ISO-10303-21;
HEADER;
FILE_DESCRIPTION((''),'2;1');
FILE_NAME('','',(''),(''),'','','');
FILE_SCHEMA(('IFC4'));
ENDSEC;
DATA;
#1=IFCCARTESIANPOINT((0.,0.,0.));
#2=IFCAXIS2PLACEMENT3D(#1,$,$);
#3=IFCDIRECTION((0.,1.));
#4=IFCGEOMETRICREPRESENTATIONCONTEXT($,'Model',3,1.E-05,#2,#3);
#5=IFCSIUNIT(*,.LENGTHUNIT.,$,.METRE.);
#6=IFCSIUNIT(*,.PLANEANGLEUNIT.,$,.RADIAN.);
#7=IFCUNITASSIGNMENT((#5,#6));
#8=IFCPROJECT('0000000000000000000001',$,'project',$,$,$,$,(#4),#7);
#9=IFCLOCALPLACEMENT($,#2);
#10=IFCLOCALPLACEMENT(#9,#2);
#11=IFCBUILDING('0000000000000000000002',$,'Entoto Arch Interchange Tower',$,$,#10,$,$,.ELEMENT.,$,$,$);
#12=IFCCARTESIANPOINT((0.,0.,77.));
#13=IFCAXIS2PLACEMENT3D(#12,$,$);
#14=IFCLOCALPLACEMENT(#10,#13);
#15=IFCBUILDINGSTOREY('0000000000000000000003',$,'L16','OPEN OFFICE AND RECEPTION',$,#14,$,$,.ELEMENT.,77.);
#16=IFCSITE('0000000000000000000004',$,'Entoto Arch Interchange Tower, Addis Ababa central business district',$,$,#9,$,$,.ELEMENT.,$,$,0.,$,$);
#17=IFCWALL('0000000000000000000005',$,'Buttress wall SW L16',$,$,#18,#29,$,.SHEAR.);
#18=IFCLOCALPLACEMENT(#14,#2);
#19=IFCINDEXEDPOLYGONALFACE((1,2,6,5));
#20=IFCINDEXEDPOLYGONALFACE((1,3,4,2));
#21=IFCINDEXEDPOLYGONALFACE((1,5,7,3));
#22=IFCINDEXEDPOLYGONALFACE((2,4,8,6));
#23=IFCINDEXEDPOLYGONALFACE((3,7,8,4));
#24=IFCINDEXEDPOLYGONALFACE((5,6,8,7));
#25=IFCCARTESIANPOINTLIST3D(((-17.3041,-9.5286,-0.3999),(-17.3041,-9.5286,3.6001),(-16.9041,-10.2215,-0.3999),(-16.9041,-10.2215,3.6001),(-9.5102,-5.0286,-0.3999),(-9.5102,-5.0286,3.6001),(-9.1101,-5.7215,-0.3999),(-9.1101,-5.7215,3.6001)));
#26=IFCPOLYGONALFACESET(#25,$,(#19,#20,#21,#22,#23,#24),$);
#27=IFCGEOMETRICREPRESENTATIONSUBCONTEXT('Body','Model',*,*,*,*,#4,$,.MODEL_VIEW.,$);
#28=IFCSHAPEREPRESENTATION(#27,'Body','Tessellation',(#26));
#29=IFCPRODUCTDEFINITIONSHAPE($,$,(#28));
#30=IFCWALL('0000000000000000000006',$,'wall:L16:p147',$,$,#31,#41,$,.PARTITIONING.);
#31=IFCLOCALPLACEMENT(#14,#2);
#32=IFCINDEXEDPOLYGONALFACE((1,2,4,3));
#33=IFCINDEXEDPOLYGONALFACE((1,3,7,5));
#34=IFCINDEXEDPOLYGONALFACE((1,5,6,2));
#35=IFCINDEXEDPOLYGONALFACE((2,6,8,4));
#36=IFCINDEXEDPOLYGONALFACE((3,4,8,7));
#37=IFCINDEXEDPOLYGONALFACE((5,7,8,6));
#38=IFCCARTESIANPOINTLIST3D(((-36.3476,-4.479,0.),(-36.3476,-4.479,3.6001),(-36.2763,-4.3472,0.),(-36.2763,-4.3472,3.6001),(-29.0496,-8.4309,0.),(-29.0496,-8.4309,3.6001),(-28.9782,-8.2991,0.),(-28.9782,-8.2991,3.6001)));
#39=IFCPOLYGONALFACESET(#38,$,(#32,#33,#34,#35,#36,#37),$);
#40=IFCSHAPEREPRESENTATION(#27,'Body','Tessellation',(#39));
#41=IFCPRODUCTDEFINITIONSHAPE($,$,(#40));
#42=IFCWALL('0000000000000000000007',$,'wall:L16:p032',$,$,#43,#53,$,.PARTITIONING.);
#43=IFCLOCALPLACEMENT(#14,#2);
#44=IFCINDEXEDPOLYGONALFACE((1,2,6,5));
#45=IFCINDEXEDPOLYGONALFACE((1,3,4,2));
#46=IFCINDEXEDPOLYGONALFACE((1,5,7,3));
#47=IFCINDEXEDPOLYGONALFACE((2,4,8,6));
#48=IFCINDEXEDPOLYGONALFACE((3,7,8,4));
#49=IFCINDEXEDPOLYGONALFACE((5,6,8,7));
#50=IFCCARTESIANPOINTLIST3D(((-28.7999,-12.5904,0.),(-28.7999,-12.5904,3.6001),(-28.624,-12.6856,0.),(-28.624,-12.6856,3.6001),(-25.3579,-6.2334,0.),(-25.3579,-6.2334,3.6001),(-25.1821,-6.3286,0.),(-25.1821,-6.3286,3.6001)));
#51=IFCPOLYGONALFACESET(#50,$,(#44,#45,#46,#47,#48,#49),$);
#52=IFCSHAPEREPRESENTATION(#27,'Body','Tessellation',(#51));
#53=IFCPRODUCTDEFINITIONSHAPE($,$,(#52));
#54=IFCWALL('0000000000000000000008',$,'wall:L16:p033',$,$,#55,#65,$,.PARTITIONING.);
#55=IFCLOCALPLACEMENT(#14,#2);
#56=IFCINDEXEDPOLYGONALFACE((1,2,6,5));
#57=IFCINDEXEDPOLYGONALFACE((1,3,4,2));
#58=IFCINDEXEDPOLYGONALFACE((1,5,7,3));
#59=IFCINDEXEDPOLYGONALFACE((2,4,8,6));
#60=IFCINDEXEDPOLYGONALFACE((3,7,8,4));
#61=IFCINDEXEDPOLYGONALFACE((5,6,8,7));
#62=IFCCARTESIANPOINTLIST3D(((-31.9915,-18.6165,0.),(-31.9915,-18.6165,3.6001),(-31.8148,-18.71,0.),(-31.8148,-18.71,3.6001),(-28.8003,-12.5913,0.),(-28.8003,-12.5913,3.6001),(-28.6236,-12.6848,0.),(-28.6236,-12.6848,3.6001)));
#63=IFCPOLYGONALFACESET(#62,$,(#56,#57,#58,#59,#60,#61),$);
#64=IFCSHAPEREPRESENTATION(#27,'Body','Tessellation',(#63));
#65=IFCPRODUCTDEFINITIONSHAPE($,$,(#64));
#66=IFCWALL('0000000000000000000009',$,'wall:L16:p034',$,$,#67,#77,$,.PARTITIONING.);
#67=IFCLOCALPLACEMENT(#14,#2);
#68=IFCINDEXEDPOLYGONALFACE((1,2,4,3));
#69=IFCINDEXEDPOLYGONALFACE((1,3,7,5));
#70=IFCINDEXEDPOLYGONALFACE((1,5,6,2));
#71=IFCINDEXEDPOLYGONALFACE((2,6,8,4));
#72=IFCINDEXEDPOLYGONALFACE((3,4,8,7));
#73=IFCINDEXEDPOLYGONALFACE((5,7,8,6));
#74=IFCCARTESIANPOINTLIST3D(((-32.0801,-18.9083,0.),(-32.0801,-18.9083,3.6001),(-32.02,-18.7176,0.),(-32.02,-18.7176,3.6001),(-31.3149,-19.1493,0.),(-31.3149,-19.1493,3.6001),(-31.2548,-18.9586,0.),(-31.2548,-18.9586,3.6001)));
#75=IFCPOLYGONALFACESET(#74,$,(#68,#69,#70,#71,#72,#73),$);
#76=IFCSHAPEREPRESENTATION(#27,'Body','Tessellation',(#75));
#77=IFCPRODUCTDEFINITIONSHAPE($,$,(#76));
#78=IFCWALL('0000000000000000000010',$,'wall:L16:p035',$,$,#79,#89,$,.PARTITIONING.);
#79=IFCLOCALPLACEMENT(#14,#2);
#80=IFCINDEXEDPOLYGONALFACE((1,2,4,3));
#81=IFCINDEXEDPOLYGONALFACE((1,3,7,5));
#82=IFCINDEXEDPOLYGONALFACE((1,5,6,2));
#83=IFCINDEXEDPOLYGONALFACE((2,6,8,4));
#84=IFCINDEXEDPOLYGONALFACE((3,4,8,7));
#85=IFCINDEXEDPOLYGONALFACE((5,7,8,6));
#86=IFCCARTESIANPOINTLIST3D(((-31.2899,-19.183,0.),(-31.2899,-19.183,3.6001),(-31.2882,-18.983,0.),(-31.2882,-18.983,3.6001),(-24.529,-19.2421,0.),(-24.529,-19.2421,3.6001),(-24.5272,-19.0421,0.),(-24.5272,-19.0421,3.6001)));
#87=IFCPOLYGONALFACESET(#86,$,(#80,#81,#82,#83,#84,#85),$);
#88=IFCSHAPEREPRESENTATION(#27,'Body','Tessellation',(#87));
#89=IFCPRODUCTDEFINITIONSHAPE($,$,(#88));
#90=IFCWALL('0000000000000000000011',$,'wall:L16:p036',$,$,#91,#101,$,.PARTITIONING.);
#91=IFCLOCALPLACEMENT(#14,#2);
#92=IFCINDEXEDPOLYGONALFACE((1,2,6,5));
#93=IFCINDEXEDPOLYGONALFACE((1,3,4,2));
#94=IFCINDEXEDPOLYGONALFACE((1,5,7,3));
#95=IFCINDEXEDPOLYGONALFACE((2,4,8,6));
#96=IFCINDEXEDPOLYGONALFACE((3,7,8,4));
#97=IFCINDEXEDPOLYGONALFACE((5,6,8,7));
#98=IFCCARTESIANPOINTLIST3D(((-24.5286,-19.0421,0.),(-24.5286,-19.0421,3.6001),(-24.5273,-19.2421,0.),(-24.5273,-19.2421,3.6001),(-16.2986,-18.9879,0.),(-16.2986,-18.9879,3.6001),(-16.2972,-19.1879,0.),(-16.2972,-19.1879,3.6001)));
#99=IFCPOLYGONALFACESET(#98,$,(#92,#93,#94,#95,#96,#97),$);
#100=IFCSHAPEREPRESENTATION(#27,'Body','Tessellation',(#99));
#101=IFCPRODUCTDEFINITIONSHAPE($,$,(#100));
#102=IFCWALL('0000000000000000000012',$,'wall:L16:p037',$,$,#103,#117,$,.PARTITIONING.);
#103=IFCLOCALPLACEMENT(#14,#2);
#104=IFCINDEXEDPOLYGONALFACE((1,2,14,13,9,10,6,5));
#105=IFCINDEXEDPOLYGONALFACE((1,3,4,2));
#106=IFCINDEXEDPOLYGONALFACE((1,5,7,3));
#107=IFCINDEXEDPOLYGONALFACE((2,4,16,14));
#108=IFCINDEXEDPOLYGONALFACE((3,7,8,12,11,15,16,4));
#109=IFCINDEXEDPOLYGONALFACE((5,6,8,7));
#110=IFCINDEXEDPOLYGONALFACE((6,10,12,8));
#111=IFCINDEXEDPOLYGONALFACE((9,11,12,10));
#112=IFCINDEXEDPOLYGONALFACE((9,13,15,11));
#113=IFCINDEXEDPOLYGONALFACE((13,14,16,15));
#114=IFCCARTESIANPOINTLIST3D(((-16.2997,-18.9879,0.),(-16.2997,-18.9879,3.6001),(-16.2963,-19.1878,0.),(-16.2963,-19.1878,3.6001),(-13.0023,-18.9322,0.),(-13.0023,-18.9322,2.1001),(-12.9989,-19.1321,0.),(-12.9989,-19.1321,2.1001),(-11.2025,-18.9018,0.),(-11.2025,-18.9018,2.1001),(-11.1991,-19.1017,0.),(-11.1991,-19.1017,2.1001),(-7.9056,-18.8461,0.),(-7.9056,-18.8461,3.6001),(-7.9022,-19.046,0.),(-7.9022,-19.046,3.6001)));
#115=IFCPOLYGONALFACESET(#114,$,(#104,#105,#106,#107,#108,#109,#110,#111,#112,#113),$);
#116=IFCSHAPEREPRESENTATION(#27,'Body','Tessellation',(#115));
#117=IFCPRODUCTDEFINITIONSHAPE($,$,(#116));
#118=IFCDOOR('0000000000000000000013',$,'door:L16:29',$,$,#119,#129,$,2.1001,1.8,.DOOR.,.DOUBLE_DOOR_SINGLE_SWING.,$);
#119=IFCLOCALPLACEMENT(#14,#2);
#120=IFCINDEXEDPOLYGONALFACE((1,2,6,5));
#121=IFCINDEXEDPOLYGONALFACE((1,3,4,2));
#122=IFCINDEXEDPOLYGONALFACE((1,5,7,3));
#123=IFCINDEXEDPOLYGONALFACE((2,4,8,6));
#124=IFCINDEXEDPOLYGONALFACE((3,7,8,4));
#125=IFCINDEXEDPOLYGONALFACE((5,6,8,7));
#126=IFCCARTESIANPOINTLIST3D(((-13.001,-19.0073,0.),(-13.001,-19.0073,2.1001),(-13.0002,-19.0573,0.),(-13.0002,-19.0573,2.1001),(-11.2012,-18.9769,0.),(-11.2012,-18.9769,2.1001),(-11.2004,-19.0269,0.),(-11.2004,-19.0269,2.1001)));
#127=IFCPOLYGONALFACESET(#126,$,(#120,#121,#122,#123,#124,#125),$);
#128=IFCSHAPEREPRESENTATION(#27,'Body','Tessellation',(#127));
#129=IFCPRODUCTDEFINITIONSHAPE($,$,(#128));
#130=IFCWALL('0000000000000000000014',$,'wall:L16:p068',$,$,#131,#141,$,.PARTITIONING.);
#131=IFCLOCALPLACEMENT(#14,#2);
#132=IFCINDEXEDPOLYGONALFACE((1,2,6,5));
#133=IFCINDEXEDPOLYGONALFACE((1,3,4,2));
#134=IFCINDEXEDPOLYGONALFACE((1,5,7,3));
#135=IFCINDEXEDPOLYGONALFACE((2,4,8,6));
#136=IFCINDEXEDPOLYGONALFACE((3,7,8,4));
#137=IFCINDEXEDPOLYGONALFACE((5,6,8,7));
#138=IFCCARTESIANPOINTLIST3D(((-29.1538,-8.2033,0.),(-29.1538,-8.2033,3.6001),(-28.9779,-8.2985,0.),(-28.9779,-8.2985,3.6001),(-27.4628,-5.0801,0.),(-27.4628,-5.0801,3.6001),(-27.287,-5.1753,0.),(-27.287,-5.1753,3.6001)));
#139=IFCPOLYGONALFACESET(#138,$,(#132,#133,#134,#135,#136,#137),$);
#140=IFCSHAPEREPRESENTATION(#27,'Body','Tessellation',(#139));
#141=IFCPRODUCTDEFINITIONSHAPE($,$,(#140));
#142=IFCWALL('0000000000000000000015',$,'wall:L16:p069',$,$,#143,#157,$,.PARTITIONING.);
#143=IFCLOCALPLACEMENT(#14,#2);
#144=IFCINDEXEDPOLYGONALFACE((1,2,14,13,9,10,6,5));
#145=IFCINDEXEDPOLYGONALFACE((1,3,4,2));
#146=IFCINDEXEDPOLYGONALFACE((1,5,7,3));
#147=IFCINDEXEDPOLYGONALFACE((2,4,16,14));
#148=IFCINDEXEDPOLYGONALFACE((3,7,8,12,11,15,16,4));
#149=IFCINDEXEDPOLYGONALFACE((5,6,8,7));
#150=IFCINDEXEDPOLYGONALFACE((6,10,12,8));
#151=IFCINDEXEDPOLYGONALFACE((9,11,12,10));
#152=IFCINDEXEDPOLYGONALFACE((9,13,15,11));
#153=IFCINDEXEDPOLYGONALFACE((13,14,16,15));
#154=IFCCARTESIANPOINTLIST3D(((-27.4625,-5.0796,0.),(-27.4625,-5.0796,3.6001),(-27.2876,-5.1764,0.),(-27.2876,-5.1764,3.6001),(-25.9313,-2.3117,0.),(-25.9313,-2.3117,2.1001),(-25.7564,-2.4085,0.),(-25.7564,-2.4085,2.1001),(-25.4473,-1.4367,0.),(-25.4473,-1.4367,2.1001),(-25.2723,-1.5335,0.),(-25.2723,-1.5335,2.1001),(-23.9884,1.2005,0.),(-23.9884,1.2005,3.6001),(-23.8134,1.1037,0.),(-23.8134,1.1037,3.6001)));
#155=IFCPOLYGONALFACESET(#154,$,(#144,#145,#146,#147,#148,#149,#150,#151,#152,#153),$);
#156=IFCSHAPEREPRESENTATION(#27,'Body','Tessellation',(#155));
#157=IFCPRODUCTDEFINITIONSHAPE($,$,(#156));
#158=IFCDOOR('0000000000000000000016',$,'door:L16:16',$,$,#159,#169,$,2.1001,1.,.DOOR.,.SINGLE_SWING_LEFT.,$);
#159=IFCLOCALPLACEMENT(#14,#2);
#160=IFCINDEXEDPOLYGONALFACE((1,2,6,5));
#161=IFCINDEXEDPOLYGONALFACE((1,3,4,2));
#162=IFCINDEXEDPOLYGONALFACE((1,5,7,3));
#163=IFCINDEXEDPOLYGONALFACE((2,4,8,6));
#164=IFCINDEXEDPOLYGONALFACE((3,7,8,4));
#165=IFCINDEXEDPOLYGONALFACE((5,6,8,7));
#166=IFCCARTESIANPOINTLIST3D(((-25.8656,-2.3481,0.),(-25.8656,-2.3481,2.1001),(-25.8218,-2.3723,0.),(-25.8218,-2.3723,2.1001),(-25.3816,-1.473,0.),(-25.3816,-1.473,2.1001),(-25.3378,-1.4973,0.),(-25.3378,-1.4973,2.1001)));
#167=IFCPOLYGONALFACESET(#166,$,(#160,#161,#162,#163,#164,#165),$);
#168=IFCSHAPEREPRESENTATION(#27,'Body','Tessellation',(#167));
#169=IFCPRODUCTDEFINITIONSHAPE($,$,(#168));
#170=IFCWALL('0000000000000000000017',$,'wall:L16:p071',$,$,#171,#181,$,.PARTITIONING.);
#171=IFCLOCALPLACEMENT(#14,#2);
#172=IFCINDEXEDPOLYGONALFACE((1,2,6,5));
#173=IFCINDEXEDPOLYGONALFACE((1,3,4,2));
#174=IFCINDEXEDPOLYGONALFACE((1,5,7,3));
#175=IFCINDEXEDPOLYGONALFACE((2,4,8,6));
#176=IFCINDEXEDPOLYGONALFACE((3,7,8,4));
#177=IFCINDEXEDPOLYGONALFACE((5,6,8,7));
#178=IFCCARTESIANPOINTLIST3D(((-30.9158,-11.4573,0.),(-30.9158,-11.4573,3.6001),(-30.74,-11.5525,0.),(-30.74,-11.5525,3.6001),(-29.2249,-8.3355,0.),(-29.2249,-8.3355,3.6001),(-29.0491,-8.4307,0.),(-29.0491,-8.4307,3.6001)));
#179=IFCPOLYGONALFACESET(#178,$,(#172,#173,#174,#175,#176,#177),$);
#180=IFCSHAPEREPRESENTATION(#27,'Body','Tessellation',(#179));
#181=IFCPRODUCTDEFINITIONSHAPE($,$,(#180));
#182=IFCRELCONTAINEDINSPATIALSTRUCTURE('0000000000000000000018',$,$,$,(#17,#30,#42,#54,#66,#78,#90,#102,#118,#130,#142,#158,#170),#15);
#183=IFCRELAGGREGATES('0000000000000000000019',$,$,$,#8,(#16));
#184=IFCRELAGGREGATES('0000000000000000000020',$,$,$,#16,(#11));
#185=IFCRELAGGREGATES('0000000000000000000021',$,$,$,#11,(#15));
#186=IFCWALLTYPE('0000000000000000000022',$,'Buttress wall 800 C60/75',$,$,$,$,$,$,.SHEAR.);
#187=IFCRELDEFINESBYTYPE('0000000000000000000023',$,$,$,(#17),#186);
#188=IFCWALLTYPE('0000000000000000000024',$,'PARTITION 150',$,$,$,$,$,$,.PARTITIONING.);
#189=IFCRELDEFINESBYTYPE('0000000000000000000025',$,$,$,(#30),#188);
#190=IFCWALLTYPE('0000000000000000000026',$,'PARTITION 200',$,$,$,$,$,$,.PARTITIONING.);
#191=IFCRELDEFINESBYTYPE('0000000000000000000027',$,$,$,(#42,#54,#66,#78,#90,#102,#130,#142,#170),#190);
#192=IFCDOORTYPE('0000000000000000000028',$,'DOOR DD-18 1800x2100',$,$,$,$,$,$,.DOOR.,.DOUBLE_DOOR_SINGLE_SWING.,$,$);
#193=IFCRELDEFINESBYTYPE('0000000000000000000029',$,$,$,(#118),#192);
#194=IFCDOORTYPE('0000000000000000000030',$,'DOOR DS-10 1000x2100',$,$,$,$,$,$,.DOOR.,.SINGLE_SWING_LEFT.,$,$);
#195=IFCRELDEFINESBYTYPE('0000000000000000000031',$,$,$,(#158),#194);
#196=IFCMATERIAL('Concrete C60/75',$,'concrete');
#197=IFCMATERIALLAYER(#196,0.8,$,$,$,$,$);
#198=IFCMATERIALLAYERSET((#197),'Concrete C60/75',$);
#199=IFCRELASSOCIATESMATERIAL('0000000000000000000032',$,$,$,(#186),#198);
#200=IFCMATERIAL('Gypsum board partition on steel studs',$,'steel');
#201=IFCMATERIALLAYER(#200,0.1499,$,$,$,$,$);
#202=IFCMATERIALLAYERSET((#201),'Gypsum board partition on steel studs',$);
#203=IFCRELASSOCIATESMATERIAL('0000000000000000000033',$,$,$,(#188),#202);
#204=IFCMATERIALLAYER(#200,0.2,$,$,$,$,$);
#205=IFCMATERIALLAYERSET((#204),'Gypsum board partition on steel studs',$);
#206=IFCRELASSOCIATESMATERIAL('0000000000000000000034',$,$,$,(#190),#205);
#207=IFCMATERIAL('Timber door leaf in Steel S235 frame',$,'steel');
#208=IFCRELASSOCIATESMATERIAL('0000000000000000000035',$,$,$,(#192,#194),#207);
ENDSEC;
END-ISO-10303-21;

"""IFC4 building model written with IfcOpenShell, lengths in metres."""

from ifc_helpers import new_model, si_unit, direction, frame, frame_2d, origin, place, context, subcontext, project, spatial, rectangle, extrude, material, layer, layer_set, type_object, element, fill, save


model = new_model("IFC4")

# Units and contexts
model_context = context("Model", 3, precision=1e-05, world=origin(), true_north=direction((0.0, 1.0)))
body_context = subcontext(model_context, "Body", "Model", "MODEL_VIEW")
ifc_project = project(units=[si_unit("LENGTHUNIT", "METRE"), si_unit("PLANEANGLEUNIT", "RADIAN")], contexts=[model_context])

# Site, building, storey
site_placement = place(None, origin())
site = spatial("IfcSite", under=ifc_project, at=site_placement, Name="Entoto Arch Interchange Tower, Addis Ababa central business district", CompositionType="ELEMENT", RefElevation=0.0)
building_placement = place(site_placement, origin())
building = spatial("IfcBuilding", under=site, at=building_placement, Name="Entoto Arch Interchange Tower", CompositionType="ELEMENT")
storey_placement = place(building_placement, frame((0.0, 0.0, 77.0)))
storey = spatial("IfcBuildingStorey", under=building, at=storey_placement, Name="L16", Description="OPEN OFFICE AND RECEPTION", CompositionType="ELEMENT", Elevation=77.0)

# Walls
ifc_material_1 = material(Name="Concrete C60/75", Category="concrete")
ifc_layer_1 = layer(ifc_material_1, 0.8)
ifc_layer_set_1 = layer_set([ifc_layer_1], Name="Concrete C60/75")
wall_type_1 = type_object("IfcWallType", Name="Buttress wall 800 C60/75", PredefinedType="SHEAR", material=ifc_layer_set_1)
wall_1_placement = place(storey_placement, frame((-9.3101, -5.375, -0.3999), z_axis=(0.0, 0.0, 1.0), x_axis=(-0.866018, -0.500014, 0.0)))
element("IfcWall", 1, at=wall_1_placement, inside=storey, type_object=wall_type_1, Name="Buttress wall SW L16", PredefinedType="SHEAR", context=body_context, shape_type="SweptSolid", body=[
    extrude(rectangle(XDim=8.9998, YDim=0.8, at=frame_2d((4.5, 0.0))), origin(), (0.0, 0.0, 1.0), 4.0),
])
ifc_material_2 = material(Name="Gypsum board partition on steel studs", Category="steel")
ifc_layer_2 = layer(ifc_material_2, 0.1499)
ifc_layer_set_2 = layer_set([ifc_layer_2], Name="Gypsum board partition on steel studs")
wall_type_2 = type_object("IfcWallType", Name="PARTITION 150", PredefinedType="PARTITIONING", material=ifc_layer_set_2)
wall_2_placement = place(storey_placement, frame((-29.0139, -8.365, 0.0), z_axis=(0.0, 0.0, 1.0), x_axis=(-0.879354, 0.476168, 0.0)))
element("IfcWall", 2, at=wall_2_placement, inside=storey, type_object=wall_type_2, Name="wall:L16:p147", PredefinedType="PARTITIONING", context=body_context, shape_type="SweptSolid", body=[
    extrude(rectangle(XDim=8.2993, YDim=0.1499, at=frame_2d((4.1497, 0.0))), origin(), (0.0, 0.0, 1.0), 3.6001),
])
ifc_layer_3 = layer(ifc_material_2, 0.2)
ifc_layer_set_3 = layer_set([ifc_layer_3], Name="Gypsum board partition on steel studs")
wall_type_3 = type_object("IfcWallType", Name="PARTITION 200", PredefinedType="PARTITIONING", material=ifc_layer_set_3)
wall_3_placement = place(storey_placement, frame((-25.27, -6.281, 0.0), z_axis=(0.0, 0.0, 1.0), x_axis=(-0.476129, -0.879376, 0.0)))
element("IfcWall", 3, at=wall_3_placement, inside=storey, type_object=wall_type_3, Name="wall:L16:p032", PredefinedType="PARTITIONING", context=body_context, shape_type="SweptSolid", body=[
    extrude(rectangle(XDim=7.229, YDim=0.2, at=frame_2d((3.6145, 0.0))), origin(), (0.0, 0.0, 1.0), 3.6001),
])
wall_4_placement = place(storey_placement, frame((-28.7119, -12.6379, 0.0), z_axis=(0.0, 0.0, 1.0), x_axis=(-0.468046, -0.883704, 0.0)))
element("IfcWall", 4, at=wall_4_placement, inside=storey, type_object=wall_type_3, Name="wall:L16:p033", PredefinedType="PARTITIONING", context=body_context, shape_type="SweptSolid", body=[
    extrude(rectangle(XDim=6.8181, YDim=0.2, at=frame_2d((3.4092, 0.0))), origin(), (0.0, 0.0, 1.0), 3.6001),
])
wall_5_placement = place(storey_placement, frame((-32.05, -18.813, 0.0), z_axis=(0.0, 0.0, 1.0), x_axis=(0.953817, -0.300388, 0.0)))
element("IfcWall", 5, at=wall_5_placement, inside=storey, type_object=wall_type_3, Name="wall:L16:p034", PredefinedType="PARTITIONING", context=body_context, shape_type="SweptSolid", body=[
    extrude(rectangle(XDim=0.8022, YDim=0.2, at=frame_2d((0.4011, 0.0))), origin(), (0.0, 0.0, 1.0), 3.6001),
])
wall_6_placement = place(storey_placement, frame((-31.2891, -19.083, 0.0), z_axis=(0.0, 0.0, 1.0), x_axis=(0.999962, -0.008738, 0.0)))
element("IfcWall", 6, at=wall_6_placement, inside=storey, type_object=wall_type_3, Name="wall:L16:p035", PredefinedType="PARTITIONING", context=body_context, shape_type="SweptSolid", body=[
    extrude(rectangle(XDim=6.7612, YDim=0.2, at=frame_2d((3.3806, 0.0))), origin(), (0.0, 0.0, 1.0), 3.6001),
])
wall_7_placement = place(storey_placement, frame((-24.5281, -19.1421, 0.0), z_axis=(0.0, 0.0, 1.0), x_axis=(0.999978, 0.006585, 0.0)))
element("IfcWall", 7, at=wall_7_placement, inside=storey, type_object=wall_type_3, Name="wall:L16:p036", PredefinedType="PARTITIONING", context=body_context, shape_type="SweptSolid", body=[
    extrude(rectangle(XDim=8.2302, YDim=0.2, at=frame_2d((4.1152, 0.0))), origin(), (0.0, 0.0, 1.0), 3.6001),
])

# Wall, opening, door
wall_8_placement = place(storey_placement, frame((-16.2981, -19.0879, 0.0), z_axis=(0.0, 0.0, 1.0), x_axis=(0.999857, 0.016896, 0.0)))
wall_8 = element("IfcWall", 8, at=wall_8_placement, inside=storey, type_object=wall_type_3, Name="wall:L16:p037", PredefinedType="PARTITIONING", context=body_context, shape_type="SweptSolid", body=[
    extrude(rectangle(XDim=8.3953, YDim=0.2, at=frame_2d((4.1978, 0.0))), origin(), (0.0, 0.0, 1.0), 3.6001),
])
opening_1_placement = place(wall_8_placement, frame((3.2981, 0.0, 0.0)))
opening_1 = element("IfcOpeningElement", 9, at=opening_1_placement, cuts=wall_8, PredefinedType="OPENING", context=body_context, shape_type="SweptSolid", body=[
    extrude(rectangle(XDim=1.8, YDim=2.1001, at=frame_2d((0.8999, 1.05))), frame((0.0, 0.1099, 0.0), z_axis=(0.0, -1.0, 0.0), x_axis=(1.0, 0.0, 0.0)), (0.0, 0.0, 1.0), 0.22),
])
ifc_material_3 = material(Name="Timber door leaf in Steel S235 frame", Category="steel")
door_type_1 = type_object("IfcDoorType", Name="DOOR DD-18 1800x2100", OperationType="DOUBLE_DOOR_SINGLE_SWING", PredefinedType="DOOR", material=ifc_material_3)
door_1_placement = place(opening_1_placement, origin())
door_1 = element("IfcDoor", 10, at=door_1_placement, inside=storey, type_object=door_type_1, Name="door:L16:29", OperationType="DOUBLE_DOOR_SINGLE_SWING", OverallHeight=2.1001, OverallWidth=1.8, PredefinedType="DOOR", context=body_context, shape_type="SweptSolid", body=[
    extrude(rectangle(XDim=1.8, YDim=2.1001, at=frame_2d((0.8999, 1.05))), frame((0.0, 0.0249, 0.0), z_axis=(0.0, -1.0, 0.0), x_axis=(1.0, 0.0, 0.0)), (0.0, 0.0, 1.0), 0.05),
])
fill(opening_1, door_1)

# Wall
wall_9_placement = place(storey_placement, frame((-29.0659, -8.251, 0.0), z_axis=(0.0, 0.0, 1.0), x_axis=(0.476124, 0.879378, 0.0)))
element("IfcWall", 11, at=wall_9_placement, inside=storey, type_object=wall_type_3, Name="wall:L16:p068", PredefinedType="PARTITIONING", context=body_context, shape_type="SweptSolid", body=[
    extrude(rectangle(XDim=3.5515, YDim=0.2, at=frame_2d((1.7759, 0.0))), origin(), (0.0, 0.0, 1.0), 3.6001),
])

# Wall, opening, door
wall_10_placement = place(storey_placement, frame((-27.375, -5.1279, 0.0), z_axis=(0.0, 0.0, 1.0), x_axis=(0.484068, 0.87503, 0.0)))
wall_10 = element("IfcWall", 12, at=wall_10_placement, inside=storey, type_object=wall_type_3, Name="wall:L16:p069", PredefinedType="PARTITIONING", context=body_context, shape_type="SweptSolid", body=[
    extrude(rectangle(XDim=7.177, YDim=0.2, at=frame_2d((3.5884, 0.0))), origin(), (0.0, 0.0, 1.0), 3.6001),
])
opening_2_placement = place(wall_10_placement, frame((3.1631, 0.0, 0.0)))
opening_2 = element("IfcOpeningElement", 13, at=opening_2_placement, cuts=wall_10, PredefinedType="OPENING", context=body_context, shape_type="SweptSolid", body=[
    extrude(rectangle(XDim=1.0, YDim=2.1001, at=frame_2d((0.5, 1.05))), frame((0.0, 0.1099, 0.0), z_axis=(0.0, -1.0, 0.0), x_axis=(1.0, 0.0, 0.0)), (0.0, 0.0, 1.0), 0.22),
])
door_type_2 = type_object("IfcDoorType", Name="DOOR DS-10 1000x2100", OperationType="SINGLE_SWING_LEFT", PredefinedType="DOOR", material=ifc_material_3)
door_2_placement = place(opening_2_placement, origin())
door_2 = element("IfcDoor", 14, at=door_2_placement, inside=storey, type_object=door_type_2, Name="door:L16:16", OperationType="SINGLE_SWING_LEFT", OverallHeight=2.1001, OverallWidth=1.0, PredefinedType="DOOR", context=body_context, shape_type="SweptSolid", body=[
    extrude(rectangle(XDim=1.0, YDim=2.1001, at=frame_2d((0.5, 1.05))), frame((0.0, 0.0249, 0.0), z_axis=(0.0, -1.0, 0.0), x_axis=(1.0, 0.0, 0.0)), (0.0, 0.0, 1.0), 0.05),
])
fill(opening_2, door_2)

# Wall
wall_11_placement = place(storey_placement, frame((-30.8279, -11.5049, 0.0), z_axis=(0.0, 0.0, 1.0), x_axis=(0.476268, 0.8793, 0.0)))
element("IfcWall", 15, at=wall_11_placement, inside=storey, type_object=wall_type_3, Name="wall:L16:p071", PredefinedType="PARTITIONING", context=body_context, shape_type="SweptSolid", body=[
    extrude(rectangle(XDim=3.5503, YDim=0.2, at=frame_2d((1.7751, 0.0))), origin(), (0.0, 0.0, 1.0), 3.6001),
])

save(model, "model.ifc")
